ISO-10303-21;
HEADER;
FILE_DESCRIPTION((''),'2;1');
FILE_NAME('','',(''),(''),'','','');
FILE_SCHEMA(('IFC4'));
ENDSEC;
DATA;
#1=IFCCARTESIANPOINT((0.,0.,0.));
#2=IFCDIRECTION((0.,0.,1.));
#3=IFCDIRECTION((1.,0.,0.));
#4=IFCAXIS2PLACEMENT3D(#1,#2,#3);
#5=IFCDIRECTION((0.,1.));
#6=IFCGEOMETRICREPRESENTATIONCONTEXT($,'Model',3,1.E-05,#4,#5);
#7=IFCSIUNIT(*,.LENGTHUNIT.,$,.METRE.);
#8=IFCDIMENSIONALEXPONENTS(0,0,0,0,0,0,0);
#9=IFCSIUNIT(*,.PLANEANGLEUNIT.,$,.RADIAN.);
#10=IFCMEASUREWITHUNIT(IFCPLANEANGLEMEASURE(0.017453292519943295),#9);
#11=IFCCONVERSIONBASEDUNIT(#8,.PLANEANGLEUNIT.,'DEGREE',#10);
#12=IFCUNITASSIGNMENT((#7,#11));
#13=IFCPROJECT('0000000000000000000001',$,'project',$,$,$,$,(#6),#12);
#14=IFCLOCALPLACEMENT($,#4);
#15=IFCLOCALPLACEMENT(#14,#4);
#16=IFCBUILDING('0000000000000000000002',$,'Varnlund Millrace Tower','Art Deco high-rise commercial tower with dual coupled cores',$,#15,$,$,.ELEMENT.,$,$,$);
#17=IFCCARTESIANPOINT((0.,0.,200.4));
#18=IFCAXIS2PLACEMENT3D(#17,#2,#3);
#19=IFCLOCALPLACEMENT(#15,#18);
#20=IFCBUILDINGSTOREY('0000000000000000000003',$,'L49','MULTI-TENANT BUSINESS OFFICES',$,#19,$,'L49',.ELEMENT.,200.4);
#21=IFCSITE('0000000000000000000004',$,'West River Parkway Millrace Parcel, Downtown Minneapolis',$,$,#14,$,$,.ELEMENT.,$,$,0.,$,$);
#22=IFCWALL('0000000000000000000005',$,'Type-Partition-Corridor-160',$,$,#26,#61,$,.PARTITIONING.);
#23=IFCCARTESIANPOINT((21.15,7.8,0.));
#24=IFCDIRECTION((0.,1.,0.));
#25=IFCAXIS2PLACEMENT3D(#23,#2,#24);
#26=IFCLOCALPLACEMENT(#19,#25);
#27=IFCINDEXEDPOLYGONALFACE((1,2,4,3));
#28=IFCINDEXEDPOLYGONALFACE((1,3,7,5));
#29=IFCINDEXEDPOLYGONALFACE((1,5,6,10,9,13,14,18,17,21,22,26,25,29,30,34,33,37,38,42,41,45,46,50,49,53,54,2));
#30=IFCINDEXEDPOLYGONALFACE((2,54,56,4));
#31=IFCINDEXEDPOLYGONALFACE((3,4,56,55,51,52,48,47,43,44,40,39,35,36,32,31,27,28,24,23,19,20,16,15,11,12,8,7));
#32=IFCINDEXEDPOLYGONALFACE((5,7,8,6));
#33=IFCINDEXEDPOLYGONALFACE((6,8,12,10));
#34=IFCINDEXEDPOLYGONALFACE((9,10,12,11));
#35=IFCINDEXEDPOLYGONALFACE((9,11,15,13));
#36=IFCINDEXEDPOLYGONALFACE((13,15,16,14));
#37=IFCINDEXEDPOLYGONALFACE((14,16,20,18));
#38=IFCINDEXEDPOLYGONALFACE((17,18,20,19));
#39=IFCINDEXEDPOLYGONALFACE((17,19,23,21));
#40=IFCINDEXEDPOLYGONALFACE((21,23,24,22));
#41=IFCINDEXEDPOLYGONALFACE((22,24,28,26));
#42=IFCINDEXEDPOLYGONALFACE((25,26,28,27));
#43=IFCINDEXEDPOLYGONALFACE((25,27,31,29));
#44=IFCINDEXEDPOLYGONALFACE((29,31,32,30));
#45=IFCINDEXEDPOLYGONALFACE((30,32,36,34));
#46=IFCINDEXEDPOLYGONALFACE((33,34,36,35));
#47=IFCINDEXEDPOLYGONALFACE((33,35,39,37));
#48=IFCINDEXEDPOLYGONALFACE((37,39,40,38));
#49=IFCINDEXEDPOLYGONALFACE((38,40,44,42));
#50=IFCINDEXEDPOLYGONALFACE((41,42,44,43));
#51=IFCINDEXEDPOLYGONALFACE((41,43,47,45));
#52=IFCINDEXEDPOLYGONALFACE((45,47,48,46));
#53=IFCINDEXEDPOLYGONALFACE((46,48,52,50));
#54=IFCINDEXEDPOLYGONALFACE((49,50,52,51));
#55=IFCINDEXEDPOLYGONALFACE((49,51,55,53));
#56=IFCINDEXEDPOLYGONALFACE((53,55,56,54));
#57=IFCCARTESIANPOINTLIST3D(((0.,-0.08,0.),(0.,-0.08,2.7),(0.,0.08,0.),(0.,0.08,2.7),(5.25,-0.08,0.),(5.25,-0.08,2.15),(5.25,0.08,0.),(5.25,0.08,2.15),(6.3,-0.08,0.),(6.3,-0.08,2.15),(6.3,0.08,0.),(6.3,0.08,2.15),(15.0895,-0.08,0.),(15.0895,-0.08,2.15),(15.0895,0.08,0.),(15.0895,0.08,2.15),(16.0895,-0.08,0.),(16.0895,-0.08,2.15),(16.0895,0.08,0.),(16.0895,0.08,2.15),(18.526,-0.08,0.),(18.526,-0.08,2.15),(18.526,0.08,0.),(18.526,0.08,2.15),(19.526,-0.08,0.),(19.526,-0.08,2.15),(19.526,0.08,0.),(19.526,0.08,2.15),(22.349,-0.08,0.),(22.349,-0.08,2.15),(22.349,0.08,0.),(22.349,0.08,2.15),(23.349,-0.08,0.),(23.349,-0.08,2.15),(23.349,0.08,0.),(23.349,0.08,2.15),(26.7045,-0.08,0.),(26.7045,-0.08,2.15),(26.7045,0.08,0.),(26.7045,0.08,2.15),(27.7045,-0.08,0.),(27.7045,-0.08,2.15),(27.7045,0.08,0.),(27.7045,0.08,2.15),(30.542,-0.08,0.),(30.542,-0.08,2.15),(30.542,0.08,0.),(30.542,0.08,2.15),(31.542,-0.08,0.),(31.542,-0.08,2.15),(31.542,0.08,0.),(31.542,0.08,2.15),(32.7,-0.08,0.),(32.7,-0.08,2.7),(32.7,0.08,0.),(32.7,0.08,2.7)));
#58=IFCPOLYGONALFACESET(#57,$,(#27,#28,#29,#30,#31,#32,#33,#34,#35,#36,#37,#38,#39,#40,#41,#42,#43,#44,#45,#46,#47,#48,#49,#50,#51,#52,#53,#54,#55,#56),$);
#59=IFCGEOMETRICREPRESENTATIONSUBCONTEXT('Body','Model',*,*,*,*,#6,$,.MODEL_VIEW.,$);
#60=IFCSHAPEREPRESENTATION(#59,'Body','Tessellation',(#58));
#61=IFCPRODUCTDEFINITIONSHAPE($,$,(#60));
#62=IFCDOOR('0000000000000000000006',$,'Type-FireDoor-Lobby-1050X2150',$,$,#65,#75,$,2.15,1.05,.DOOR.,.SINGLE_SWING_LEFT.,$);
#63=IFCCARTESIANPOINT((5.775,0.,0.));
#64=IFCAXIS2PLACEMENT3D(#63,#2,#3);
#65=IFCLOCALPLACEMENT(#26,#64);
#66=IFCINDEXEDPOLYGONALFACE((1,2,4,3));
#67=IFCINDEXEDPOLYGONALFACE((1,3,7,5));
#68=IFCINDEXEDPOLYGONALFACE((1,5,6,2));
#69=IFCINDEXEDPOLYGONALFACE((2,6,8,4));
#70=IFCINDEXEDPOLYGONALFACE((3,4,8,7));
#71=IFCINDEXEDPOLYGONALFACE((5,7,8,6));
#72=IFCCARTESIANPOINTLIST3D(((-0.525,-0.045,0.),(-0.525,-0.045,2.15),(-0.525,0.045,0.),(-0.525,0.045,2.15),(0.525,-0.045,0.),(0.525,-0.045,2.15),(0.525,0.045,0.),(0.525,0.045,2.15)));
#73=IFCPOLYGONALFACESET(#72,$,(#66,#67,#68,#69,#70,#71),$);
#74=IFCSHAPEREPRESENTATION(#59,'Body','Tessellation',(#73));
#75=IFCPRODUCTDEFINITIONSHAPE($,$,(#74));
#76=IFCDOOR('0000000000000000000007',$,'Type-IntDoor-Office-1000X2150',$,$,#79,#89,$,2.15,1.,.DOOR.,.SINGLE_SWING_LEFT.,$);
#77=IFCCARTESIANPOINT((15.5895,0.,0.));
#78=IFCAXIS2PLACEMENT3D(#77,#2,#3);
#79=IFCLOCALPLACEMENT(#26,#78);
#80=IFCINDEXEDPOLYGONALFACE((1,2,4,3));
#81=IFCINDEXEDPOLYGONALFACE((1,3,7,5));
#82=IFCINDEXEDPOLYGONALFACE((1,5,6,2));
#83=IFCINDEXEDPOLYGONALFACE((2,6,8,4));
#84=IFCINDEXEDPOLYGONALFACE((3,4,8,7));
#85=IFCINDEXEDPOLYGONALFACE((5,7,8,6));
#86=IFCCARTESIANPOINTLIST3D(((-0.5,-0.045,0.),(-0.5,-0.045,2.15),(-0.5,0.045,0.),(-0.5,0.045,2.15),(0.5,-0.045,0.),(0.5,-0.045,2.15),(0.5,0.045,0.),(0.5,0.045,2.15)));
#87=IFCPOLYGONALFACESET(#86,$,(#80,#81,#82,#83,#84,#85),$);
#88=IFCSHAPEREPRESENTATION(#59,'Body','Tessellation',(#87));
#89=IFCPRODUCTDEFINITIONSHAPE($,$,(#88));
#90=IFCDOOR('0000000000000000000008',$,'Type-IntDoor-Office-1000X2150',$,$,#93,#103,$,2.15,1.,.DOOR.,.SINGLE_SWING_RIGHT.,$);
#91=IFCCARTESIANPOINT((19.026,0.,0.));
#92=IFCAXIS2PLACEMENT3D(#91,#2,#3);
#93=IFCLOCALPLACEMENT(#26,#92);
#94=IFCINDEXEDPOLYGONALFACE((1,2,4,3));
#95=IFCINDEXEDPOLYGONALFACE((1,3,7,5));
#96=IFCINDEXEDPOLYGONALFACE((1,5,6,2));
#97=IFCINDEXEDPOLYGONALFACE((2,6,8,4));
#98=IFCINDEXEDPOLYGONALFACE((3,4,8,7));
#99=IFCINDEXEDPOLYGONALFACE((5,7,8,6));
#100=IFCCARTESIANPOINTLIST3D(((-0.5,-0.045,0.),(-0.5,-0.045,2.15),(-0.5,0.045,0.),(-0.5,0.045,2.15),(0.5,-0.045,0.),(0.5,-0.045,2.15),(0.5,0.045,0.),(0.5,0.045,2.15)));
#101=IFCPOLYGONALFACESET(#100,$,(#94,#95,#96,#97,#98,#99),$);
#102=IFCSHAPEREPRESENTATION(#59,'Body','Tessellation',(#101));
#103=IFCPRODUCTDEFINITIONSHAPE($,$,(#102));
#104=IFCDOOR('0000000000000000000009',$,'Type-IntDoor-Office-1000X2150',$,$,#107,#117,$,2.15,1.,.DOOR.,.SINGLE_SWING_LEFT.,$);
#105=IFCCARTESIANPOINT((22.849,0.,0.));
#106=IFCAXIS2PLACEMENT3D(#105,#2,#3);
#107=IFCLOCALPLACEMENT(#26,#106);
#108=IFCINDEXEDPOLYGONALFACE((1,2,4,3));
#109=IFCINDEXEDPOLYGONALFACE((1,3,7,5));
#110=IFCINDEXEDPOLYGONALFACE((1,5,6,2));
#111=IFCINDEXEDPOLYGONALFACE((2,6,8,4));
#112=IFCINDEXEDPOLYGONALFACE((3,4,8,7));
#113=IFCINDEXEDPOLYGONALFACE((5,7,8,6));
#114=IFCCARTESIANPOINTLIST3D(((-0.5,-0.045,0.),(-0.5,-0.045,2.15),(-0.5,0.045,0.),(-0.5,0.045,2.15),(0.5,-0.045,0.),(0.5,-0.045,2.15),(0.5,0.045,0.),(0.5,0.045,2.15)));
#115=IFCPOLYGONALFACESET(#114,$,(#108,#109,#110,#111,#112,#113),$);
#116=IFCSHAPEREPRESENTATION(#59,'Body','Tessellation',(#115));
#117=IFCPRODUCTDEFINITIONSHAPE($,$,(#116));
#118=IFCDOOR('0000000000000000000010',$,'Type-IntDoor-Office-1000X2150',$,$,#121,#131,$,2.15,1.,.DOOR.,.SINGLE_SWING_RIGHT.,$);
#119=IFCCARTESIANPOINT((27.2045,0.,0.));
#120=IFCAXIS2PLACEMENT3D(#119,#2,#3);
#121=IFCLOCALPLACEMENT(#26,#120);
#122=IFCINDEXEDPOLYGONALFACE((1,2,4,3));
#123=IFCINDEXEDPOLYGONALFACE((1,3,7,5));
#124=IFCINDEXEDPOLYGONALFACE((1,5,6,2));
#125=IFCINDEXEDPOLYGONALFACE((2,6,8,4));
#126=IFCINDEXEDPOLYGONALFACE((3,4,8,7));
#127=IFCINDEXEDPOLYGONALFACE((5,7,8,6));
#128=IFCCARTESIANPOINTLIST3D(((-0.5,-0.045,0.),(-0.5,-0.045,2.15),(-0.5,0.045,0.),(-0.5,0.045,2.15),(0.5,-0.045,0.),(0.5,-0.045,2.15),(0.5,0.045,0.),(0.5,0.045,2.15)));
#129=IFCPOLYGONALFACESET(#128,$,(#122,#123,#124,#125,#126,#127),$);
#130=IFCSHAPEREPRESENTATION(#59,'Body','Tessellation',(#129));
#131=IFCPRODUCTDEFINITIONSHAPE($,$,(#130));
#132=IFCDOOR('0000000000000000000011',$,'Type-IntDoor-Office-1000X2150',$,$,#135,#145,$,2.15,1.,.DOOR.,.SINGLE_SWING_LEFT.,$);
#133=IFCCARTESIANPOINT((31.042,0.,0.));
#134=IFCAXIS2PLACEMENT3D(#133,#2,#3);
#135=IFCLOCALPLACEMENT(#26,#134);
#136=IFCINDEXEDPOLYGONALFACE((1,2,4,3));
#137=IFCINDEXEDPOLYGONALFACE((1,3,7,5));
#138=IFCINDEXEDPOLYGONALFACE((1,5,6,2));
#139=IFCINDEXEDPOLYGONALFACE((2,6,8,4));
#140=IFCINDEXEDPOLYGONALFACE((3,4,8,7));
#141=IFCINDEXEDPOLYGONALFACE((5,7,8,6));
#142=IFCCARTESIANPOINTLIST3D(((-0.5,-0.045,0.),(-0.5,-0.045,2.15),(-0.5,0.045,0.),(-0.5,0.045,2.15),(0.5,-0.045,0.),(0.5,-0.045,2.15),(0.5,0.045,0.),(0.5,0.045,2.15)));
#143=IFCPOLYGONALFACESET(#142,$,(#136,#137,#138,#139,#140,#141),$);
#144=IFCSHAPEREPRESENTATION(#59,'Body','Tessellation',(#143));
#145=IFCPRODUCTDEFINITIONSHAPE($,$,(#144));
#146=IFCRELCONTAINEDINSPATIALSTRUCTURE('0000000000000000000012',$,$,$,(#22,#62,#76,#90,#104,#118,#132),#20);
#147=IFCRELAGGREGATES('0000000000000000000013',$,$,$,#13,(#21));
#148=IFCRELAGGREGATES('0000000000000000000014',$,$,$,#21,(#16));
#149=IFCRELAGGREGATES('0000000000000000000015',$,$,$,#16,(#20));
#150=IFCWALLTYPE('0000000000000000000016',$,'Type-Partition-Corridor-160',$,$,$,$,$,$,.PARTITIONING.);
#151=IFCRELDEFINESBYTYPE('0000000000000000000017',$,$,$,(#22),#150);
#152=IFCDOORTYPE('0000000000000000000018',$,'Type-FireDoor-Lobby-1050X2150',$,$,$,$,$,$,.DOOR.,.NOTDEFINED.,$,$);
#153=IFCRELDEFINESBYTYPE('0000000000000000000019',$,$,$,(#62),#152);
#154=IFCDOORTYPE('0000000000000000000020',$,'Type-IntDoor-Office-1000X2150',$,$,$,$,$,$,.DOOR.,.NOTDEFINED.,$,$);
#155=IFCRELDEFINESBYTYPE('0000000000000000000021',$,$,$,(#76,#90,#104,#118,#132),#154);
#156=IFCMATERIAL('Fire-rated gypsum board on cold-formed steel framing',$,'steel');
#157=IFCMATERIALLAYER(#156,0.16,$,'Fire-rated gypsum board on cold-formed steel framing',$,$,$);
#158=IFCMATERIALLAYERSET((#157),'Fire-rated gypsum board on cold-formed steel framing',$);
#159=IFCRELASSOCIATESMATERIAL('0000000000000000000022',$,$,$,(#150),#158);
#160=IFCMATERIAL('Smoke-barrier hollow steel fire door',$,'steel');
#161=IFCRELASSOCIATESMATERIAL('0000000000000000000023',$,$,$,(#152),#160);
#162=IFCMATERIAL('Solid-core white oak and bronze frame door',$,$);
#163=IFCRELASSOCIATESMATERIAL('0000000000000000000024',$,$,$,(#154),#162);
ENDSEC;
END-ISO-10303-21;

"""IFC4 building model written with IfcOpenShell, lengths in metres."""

from ifc_helpers import new_model, entity, si_unit, converted_unit, direction, frame, origin_with_axes, origin_2d_with_axis, place, context, subcontext, project, spatial, polyline, rectangle, outline, extrude, material, layer, layer_set, type_object, element, fill, save


model = new_model("IFC4")

# Units and contexts
model_context = context("Model", 3, precision=1e-05, world=origin_with_axes(), true_north=direction((0.0, 1.0)))
body_context = subcontext(model_context, "Body", "Model", "MODEL_VIEW")
ifc_project = project(units=[si_unit("LENGTHUNIT", "METRE"), converted_unit("PLANEANGLEUNIT", "DEGREE", entity("IfcPlaneAngleMeasure", 0.017453292519943295), si_unit("PLANEANGLEUNIT", "RADIAN"), dimensions=[0, 0, 0, 0, 0, 0, 0])], contexts=[model_context])

# Site, building, storey
site_placement = place(None, origin_with_axes())
site = spatial("IfcSite", under=ifc_project, at=site_placement, Name="West River Parkway Millrace Parcel, Downtown Minneapolis", CompositionType="ELEMENT", RefElevation=0.0)
building_placement = place(site_placement, origin_with_axes())
building = spatial("IfcBuilding", under=site, at=building_placement, Name="Varnlund Millrace Tower", Description="Art Deco high-rise commercial tower with dual coupled cores", CompositionType="ELEMENT")
storey_placement = place(building_placement, frame((0.0, 0.0, 200.4), z_axis=(0.0, 0.0, 1.0), x_axis=(1.0, 0.0, 0.0)))
storey = spatial("IfcBuildingStorey", under=building, at=storey_placement, Name="L49", Description="MULTI-TENANT BUSINESS OFFICES", LongName="L49", CompositionType="ELEMENT", Elevation=200.4)

# Wall, openings, doors
ifc_material_1 = material(Name="Fire-rated gypsum board on cold-formed steel framing", Category="steel")
ifc_layer_1 = layer(ifc_material_1, 0.16, Name="Fire-rated gypsum board on cold-formed steel framing")
ifc_layer_set_1 = layer_set([ifc_layer_1], Name="Fire-rated gypsum board on cold-formed steel framing")
wall_type_1 = type_object("IfcWallType", Name="Type-Partition-Corridor-160", PredefinedType="PARTITIONING", material=ifc_layer_set_1)
wall_1_placement = place(storey_placement, frame((21.15, 7.8, 0.0), z_axis=(0.0, 0.0, 1.0), x_axis=(0.0, 1.0, 0.0)))
wall_1 = element("IfcWall", 1, at=wall_1_placement, inside=storey, type_object=wall_type_1, Name="Type-Partition-Corridor-160", PredefinedType="PARTITIONING", context=body_context, shape_type="SweptSolid", body=[
    extrude(outline(polyline([(0.0, -0.08), (32.7, -0.08), (32.7, 0.08), (0.0, 0.08), (0.0, -0.08)])), origin_with_axes(), (0.0, 0.0, 1.0), 2.7),
])
opening_1_placement = place(wall_1_placement, frame((15.5895, 0.0, 0.0), z_axis=(0.0, 0.0, 1.0), x_axis=(1.0, 0.0, 0.0)))
opening_1 = element("IfcOpeningElement", 2, at=opening_1_placement, cuts=wall_1, PredefinedType="OPENING", context=body_context, shape_type="SweptSolid", body=[
    extrude(rectangle(XDim=1.0, YDim=0.18, at=origin_2d_with_axis()), origin_with_axes(), (0.0, 0.0, 1.0), 2.15),
])
opening_2_placement = place(wall_1_placement, frame((19.026, 0.0, 0.0), z_axis=(0.0, 0.0, 1.0), x_axis=(1.0, 0.0, 0.0)))
opening_2 = element("IfcOpeningElement", 3, at=opening_2_placement, cuts=wall_1, PredefinedType="OPENING", context=body_context, shape_type="SweptSolid", body=[
    extrude(rectangle(XDim=1.0, YDim=0.18, at=origin_2d_with_axis()), origin_with_axes(), (0.0, 0.0, 1.0), 2.15),
])
opening_3_placement = place(wall_1_placement, frame((22.849, 0.0, 0.0), z_axis=(0.0, 0.0, 1.0), x_axis=(1.0, 0.0, 0.0)))
opening_3 = element("IfcOpeningElement", 4, at=opening_3_placement, cuts=wall_1, PredefinedType="OPENING", context=body_context, shape_type="SweptSolid", body=[
    extrude(rectangle(XDim=1.0, YDim=0.18, at=origin_2d_with_axis()), origin_with_axes(), (0.0, 0.0, 1.0), 2.15),
])
opening_4_placement = place(wall_1_placement, frame((27.2045, 0.0, 0.0), z_axis=(0.0, 0.0, 1.0), x_axis=(1.0, 0.0, 0.0)))
opening_4 = element("IfcOpeningElement", 5, at=opening_4_placement, cuts=wall_1, PredefinedType="OPENING", context=body_context, shape_type="SweptSolid", body=[
    extrude(rectangle(XDim=1.0, YDim=0.18, at=origin_2d_with_axis()), origin_with_axes(), (0.0, 0.0, 1.0), 2.15),
])
opening_5_placement = place(wall_1_placement, frame((31.042, 0.0, 0.0), z_axis=(0.0, 0.0, 1.0), x_axis=(1.0, 0.0, 0.0)))
opening_5 = element("IfcOpeningElement", 6, at=opening_5_placement, cuts=wall_1, PredefinedType="OPENING", context=body_context, shape_type="SweptSolid", body=[
    extrude(rectangle(XDim=1.0, YDim=0.18, at=origin_2d_with_axis()), origin_with_axes(), (0.0, 0.0, 1.0), 2.15),
])
opening_6_placement = place(wall_1_placement, frame((5.775, 0.0, 0.0), z_axis=(0.0, 0.0, 1.0), x_axis=(1.0, 0.0, 0.0)))
opening_6 = element("IfcOpeningElement", 7, at=opening_6_placement, cuts=wall_1, PredefinedType="OPENING", context=body_context, shape_type="SweptSolid", body=[
    extrude(rectangle(XDim=1.05, YDim=0.18, at=origin_2d_with_axis()), origin_with_axes(), (0.0, 0.0, 1.0), 2.15),
])
ifc_material_2 = material(Name="Smoke-barrier hollow steel fire door", Category="steel")
door_type_1 = type_object("IfcDoorType", Name="Type-FireDoor-Lobby-1050X2150", OperationType="NOTDEFINED", PredefinedType="DOOR", material=ifc_material_2)
door_1_placement = place(wall_1_placement, frame((5.775, 0.0, 0.0), z_axis=(0.0, 0.0, 1.0), x_axis=(1.0, 0.0, 0.0)))
door_1 = element("IfcDoor", 8, at=door_1_placement, inside=storey, type_object=door_type_1, Name="Type-FireDoor-Lobby-1050X2150", OperationType="SINGLE_SWING_LEFT", OverallHeight=2.15, OverallWidth=1.05, PredefinedType="DOOR", context=body_context, shape_type="SweptSolid", body=[
    extrude(rectangle(XDim=1.05, YDim=0.09, at=origin_2d_with_axis()), origin_with_axes(), (0.0, 0.0, 1.0), 2.15),
])
fill(opening_6, door_1)
ifc_material_3 = material(Name="Solid-core white oak and bronze frame door")
door_type_2 = type_object("IfcDoorType", Name="Type-IntDoor-Office-1000X2150", OperationType="NOTDEFINED", PredefinedType="DOOR", material=ifc_material_3)
door_2_placement = place(wall_1_placement, frame((15.5895, 0.0, 0.0), z_axis=(0.0, 0.0, 1.0), x_axis=(1.0, 0.0, 0.0)))
door_2 = element("IfcDoor", 9, at=door_2_placement, inside=storey, type_object=door_type_2, Name="Type-IntDoor-Office-1000X2150", OperationType="SINGLE_SWING_LEFT", OverallHeight=2.15, OverallWidth=1.0, PredefinedType="DOOR", context=body_context, shape_type="SweptSolid", body=[
    extrude(rectangle(XDim=1.0, YDim=0.09, at=origin_2d_with_axis()), origin_with_axes(), (0.0, 0.0, 1.0), 2.15),
])
fill(opening_1, door_2)
door_3_placement = place(wall_1_placement, frame((19.026, 0.0, 0.0), z_axis=(0.0, 0.0, 1.0), x_axis=(1.0, 0.0, 0.0)))
door_3 = element("IfcDoor", 10, at=door_3_placement, inside=storey, type_object=door_type_2, Name="Type-IntDoor-Office-1000X2150", OperationType="SINGLE_SWING_RIGHT", OverallHeight=2.15, OverallWidth=1.0, PredefinedType="DOOR", context=body_context, shape_type="SweptSolid", body=[
    extrude(rectangle(XDim=1.0, YDim=0.09, at=origin_2d_with_axis()), origin_with_axes(), (0.0, 0.0, 1.0), 2.15),
])
fill(opening_2, door_3)
door_4_placement = place(wall_1_placement, frame((22.849, 0.0, 0.0), z_axis=(0.0, 0.0, 1.0), x_axis=(1.0, 0.0, 0.0)))
door_4 = element("IfcDoor", 11, at=door_4_placement, inside=storey, type_object=door_type_2, Name="Type-IntDoor-Office-1000X2150", OperationType="SINGLE_SWING_LEFT", OverallHeight=2.15, OverallWidth=1.0, PredefinedType="DOOR", context=body_context, shape_type="SweptSolid", body=[
    extrude(rectangle(XDim=1.0, YDim=0.09, at=origin_2d_with_axis()), origin_with_axes(), (0.0, 0.0, 1.0), 2.15),
])
fill(opening_3, door_4)
door_5_placement = place(wall_1_placement, frame((27.2045, 0.0, 0.0), z_axis=(0.0, 0.0, 1.0), x_axis=(1.0, 0.0, 0.0)))
door_5 = element("IfcDoor", 12, at=door_5_placement, inside=storey, type_object=door_type_2, Name="Type-IntDoor-Office-1000X2150", OperationType="SINGLE_SWING_RIGHT", OverallHeight=2.15, OverallWidth=1.0, PredefinedType="DOOR", context=body_context, shape_type="SweptSolid", body=[
    extrude(rectangle(XDim=1.0, YDim=0.09, at=origin_2d_with_axis()), origin_with_axes(), (0.0, 0.0, 1.0), 2.15),
])
fill(opening_4, door_5)
door_6_placement = place(wall_1_placement, frame((31.042, 0.0, 0.0), z_axis=(0.0, 0.0, 1.0), x_axis=(1.0, 0.0, 0.0)))
door_6 = element("IfcDoor", 13, at=door_6_placement, inside=storey, type_object=door_type_2, Name="Type-IntDoor-Office-1000X2150", OperationType="SINGLE_SWING_LEFT", OverallHeight=2.15, OverallWidth=1.0, PredefinedType="DOOR", context=body_context, shape_type="SweptSolid", body=[
    extrude(rectangle(XDim=1.0, YDim=0.09, at=origin_2d_with_axis()), origin_with_axes(), (0.0, 0.0, 1.0), 2.15),
])
fill(opening_5, door_6)

save(model, "model.ifc")
